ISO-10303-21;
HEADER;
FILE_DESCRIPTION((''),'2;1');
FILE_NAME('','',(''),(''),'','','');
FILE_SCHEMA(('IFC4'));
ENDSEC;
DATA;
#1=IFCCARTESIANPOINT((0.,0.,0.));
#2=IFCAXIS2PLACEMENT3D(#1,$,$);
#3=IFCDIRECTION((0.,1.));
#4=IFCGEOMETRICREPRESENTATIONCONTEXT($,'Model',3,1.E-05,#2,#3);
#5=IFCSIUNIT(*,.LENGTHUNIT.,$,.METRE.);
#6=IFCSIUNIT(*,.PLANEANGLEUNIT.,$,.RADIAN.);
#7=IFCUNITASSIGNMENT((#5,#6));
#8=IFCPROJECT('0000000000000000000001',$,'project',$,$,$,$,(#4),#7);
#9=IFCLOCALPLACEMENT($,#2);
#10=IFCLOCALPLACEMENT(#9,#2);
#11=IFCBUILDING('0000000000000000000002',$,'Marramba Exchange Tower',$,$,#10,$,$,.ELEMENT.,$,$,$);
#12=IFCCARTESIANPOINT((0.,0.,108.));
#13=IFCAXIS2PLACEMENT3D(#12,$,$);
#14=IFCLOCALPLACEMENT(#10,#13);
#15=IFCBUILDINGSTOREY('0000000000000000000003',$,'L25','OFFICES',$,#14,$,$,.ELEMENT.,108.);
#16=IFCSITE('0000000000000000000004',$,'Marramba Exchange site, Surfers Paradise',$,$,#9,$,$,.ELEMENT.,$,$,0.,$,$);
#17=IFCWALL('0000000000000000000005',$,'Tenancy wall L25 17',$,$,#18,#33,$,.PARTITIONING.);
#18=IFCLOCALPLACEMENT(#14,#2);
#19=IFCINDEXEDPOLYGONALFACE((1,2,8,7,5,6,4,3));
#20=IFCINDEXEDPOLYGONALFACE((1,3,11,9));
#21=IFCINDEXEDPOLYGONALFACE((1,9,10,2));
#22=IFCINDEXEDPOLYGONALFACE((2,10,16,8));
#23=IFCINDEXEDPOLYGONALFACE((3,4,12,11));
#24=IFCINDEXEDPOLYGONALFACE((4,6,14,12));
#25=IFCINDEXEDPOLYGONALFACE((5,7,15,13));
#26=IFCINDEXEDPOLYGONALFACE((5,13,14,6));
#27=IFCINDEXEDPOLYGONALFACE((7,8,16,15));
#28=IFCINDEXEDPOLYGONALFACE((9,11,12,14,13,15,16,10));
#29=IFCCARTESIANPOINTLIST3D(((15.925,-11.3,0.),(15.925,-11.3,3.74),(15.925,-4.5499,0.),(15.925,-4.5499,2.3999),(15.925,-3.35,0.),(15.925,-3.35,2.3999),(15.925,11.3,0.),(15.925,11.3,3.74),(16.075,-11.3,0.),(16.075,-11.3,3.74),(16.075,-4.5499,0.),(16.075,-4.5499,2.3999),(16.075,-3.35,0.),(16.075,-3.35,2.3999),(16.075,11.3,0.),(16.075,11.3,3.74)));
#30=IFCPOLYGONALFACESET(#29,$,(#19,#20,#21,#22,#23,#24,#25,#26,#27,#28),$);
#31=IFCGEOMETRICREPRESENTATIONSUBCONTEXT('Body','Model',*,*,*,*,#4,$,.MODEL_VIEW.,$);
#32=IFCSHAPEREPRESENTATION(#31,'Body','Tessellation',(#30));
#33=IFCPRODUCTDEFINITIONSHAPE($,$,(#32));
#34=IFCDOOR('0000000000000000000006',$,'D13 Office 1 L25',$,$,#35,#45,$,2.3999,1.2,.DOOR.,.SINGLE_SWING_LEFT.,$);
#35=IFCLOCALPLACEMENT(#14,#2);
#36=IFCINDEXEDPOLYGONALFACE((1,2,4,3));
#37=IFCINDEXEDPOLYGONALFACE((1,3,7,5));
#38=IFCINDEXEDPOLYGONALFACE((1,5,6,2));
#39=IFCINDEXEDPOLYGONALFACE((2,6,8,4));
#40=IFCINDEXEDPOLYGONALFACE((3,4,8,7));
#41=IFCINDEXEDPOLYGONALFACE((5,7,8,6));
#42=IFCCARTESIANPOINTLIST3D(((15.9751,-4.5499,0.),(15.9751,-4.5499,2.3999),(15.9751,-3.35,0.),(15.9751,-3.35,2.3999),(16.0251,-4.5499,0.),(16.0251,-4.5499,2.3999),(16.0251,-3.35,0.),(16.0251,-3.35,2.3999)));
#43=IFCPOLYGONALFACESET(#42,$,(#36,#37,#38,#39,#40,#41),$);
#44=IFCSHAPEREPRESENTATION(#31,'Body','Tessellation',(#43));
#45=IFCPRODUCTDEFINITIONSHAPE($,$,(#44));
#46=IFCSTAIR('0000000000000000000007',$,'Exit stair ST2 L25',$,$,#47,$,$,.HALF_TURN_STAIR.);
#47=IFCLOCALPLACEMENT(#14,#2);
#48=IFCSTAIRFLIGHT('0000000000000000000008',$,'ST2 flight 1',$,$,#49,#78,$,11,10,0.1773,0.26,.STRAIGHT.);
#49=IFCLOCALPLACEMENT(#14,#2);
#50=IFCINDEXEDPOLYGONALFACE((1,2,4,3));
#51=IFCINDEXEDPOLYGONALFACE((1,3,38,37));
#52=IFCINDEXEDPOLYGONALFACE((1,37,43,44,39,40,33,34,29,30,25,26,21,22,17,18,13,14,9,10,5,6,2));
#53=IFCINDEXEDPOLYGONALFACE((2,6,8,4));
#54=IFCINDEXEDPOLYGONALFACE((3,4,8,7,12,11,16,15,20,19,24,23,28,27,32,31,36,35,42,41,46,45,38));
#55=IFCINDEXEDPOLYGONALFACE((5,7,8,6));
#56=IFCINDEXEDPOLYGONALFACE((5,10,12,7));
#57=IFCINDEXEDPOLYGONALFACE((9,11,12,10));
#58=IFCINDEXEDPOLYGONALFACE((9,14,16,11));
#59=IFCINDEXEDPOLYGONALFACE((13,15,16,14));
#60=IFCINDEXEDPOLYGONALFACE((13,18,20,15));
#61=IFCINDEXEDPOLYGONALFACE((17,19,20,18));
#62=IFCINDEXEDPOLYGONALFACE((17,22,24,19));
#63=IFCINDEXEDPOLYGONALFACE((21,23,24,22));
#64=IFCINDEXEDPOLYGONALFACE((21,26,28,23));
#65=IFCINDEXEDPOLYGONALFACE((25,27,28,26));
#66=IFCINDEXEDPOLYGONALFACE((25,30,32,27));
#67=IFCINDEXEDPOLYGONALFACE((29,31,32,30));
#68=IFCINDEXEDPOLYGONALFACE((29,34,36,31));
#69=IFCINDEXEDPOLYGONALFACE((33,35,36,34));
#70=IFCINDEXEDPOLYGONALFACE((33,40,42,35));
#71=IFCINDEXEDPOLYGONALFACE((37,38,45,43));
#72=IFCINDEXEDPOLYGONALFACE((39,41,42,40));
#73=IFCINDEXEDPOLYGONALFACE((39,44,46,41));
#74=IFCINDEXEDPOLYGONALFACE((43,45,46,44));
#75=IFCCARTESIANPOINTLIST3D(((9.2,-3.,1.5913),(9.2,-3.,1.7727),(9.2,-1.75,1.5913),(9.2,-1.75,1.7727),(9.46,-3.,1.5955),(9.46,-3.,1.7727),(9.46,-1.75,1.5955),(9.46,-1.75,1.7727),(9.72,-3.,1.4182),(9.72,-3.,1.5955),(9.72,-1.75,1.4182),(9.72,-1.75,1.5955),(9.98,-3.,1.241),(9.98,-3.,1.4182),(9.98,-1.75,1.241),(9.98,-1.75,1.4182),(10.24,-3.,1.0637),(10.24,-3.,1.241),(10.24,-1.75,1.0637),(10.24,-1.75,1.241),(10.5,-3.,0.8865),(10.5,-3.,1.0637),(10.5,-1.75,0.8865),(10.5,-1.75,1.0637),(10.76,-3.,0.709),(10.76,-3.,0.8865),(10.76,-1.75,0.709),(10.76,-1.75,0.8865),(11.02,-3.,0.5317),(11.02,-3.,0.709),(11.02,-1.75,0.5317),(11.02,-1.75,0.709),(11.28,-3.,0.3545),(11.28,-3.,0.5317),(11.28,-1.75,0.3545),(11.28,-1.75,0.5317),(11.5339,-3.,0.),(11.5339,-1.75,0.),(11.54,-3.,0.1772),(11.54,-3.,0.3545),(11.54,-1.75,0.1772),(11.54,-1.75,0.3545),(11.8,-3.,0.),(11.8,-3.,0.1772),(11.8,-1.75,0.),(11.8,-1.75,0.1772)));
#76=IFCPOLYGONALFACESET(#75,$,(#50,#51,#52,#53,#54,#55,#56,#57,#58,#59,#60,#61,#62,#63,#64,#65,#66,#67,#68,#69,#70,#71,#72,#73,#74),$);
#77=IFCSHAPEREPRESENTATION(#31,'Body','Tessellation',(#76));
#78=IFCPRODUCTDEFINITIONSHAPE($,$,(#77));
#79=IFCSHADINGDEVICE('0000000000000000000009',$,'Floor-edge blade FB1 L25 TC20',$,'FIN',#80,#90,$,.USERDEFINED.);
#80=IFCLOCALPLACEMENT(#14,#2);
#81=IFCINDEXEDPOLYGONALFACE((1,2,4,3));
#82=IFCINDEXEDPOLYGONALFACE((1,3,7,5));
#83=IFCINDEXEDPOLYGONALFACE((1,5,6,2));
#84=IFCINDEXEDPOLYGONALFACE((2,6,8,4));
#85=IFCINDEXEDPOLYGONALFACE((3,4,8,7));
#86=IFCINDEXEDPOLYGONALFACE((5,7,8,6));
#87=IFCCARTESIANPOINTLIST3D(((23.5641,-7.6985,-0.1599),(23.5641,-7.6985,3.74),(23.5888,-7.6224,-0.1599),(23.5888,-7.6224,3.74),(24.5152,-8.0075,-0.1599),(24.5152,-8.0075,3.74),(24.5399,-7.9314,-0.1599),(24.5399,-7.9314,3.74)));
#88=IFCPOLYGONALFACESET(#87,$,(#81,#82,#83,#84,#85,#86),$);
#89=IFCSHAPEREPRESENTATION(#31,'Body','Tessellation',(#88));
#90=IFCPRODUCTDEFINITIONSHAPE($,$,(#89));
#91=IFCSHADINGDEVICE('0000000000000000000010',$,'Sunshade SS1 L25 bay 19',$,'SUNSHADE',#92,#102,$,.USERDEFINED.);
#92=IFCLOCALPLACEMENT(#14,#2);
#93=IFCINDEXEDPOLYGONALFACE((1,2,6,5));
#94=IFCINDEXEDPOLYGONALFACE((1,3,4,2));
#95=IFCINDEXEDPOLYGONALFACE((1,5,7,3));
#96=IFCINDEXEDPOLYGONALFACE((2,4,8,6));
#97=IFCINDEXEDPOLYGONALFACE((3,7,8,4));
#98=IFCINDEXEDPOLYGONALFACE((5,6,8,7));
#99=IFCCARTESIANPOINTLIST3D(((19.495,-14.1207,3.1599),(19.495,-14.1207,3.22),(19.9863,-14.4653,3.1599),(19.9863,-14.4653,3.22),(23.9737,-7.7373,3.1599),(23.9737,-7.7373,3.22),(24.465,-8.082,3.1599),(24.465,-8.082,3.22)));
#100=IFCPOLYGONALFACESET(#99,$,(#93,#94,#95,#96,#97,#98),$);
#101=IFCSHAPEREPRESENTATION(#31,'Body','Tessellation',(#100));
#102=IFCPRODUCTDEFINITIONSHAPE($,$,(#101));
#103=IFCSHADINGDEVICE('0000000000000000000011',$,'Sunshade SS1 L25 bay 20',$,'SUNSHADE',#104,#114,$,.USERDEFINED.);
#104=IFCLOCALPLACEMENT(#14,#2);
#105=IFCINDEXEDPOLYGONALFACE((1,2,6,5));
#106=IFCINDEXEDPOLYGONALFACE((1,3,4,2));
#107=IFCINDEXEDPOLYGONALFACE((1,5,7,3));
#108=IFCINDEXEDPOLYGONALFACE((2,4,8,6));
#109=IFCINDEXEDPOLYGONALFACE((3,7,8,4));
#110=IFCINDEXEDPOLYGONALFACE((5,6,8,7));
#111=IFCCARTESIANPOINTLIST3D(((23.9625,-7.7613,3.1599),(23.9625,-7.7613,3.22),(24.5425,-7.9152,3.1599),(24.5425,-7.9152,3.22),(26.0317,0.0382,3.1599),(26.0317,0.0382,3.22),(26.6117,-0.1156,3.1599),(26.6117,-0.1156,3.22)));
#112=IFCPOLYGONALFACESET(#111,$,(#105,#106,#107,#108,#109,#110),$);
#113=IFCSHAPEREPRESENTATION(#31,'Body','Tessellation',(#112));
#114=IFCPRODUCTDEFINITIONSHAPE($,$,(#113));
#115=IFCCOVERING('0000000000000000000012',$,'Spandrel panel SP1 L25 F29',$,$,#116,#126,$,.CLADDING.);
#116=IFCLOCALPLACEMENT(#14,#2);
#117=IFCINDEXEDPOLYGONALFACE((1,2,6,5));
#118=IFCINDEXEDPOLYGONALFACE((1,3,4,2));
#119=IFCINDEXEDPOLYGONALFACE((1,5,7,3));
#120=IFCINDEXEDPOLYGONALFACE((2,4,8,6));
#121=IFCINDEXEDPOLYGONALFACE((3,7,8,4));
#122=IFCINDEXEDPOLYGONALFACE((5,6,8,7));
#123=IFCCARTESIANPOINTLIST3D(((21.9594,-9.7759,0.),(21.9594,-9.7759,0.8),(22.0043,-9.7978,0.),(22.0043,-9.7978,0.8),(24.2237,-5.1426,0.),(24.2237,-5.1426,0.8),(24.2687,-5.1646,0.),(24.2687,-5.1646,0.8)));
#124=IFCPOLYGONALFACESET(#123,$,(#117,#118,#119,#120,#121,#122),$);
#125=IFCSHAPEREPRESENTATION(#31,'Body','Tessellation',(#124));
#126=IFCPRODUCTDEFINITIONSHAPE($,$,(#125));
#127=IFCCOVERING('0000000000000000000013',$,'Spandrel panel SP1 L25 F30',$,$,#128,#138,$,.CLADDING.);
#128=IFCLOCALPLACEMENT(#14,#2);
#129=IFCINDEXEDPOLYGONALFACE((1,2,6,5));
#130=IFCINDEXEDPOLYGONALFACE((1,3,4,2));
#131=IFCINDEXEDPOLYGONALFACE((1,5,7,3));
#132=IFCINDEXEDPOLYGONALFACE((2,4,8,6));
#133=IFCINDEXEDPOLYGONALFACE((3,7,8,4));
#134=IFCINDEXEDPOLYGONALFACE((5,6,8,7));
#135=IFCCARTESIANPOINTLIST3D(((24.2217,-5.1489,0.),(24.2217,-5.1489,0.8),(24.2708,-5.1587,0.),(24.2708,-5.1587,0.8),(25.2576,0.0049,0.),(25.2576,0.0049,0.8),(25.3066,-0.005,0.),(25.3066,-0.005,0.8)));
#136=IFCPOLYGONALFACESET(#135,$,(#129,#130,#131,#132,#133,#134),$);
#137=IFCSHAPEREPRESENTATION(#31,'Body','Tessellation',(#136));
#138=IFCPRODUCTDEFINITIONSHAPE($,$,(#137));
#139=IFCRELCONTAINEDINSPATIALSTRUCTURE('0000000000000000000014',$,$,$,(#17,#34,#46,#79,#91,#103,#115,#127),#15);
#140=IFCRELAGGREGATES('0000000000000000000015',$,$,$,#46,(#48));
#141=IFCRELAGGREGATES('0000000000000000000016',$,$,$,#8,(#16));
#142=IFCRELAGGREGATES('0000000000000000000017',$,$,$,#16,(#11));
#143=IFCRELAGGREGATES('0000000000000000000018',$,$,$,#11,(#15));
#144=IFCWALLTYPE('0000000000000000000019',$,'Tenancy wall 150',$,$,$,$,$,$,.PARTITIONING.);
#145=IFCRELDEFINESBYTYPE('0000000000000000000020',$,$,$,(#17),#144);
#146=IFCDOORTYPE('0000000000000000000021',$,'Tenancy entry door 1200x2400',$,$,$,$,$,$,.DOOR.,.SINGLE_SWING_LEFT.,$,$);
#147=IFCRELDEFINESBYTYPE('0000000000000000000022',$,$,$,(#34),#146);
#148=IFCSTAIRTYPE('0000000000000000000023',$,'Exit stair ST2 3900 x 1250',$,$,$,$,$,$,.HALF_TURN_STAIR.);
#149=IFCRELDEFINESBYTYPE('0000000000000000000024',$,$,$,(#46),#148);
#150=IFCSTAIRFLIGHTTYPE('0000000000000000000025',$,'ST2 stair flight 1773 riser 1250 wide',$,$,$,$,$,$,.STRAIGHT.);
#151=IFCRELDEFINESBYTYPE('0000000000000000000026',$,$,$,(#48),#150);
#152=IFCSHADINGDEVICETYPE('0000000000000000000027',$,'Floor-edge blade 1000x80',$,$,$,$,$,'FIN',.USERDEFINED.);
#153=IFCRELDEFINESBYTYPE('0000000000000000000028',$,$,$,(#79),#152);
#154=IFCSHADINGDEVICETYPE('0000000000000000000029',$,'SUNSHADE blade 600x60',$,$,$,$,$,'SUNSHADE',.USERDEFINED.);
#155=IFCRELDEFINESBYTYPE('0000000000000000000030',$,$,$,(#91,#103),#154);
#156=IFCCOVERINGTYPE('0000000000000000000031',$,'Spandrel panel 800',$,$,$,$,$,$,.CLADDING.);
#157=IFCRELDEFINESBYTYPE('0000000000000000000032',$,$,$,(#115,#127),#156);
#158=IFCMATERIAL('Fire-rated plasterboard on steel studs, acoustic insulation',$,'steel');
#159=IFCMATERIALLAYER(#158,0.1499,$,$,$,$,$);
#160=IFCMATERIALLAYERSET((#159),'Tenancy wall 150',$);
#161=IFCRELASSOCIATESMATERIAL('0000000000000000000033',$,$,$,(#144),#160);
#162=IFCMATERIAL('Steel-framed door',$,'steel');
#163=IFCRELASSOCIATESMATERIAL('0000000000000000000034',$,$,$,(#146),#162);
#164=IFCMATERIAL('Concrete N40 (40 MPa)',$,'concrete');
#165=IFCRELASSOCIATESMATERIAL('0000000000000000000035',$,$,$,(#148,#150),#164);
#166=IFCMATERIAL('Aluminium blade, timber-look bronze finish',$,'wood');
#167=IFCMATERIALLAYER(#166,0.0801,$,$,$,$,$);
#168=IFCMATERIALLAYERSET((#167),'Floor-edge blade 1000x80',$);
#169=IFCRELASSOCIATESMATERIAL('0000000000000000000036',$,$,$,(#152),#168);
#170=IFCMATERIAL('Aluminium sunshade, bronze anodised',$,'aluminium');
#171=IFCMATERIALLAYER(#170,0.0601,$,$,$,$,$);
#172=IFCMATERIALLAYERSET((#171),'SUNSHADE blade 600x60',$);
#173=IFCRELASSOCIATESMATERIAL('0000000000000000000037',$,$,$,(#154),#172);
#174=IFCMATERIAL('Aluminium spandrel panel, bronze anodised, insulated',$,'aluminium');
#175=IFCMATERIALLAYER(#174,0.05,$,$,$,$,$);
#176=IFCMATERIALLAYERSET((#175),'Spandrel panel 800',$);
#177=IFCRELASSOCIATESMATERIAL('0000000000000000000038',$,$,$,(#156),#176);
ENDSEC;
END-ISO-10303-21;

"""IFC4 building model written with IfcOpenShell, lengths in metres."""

from ifc_helpers import new_model, si_unit, direction, frame, frame_2d, origin, origin_2d, place, context, subcontext, project, spatial, polyline, rectangle, outline, extrude, material, layer, layer_set, type_object, element, fill, aggregate, save


model = new_model("IFC4")

# Units and contexts
model_context = context("Model", 3, precision=1e-05, world=origin(), true_north=direction((0.0, 1.0)))
body_context = subcontext(model_context, "Body", "Model", "MODEL_VIEW")
ifc_project = project(units=[si_unit("LENGTHUNIT", "METRE"), si_unit("PLANEANGLEUNIT", "RADIAN")], contexts=[model_context])

# Site, building, storey
site_placement = place(None, origin())
site = spatial("IfcSite", under=ifc_project, at=site_placement, Name="Marramba Exchange site, Surfers Paradise", CompositionType="ELEMENT", RefElevation=0.0)
building_placement = place(site_placement, origin())
building = spatial("IfcBuilding", under=site, at=building_placement, Name="Marramba Exchange Tower", CompositionType="ELEMENT")
storey_placement = place(building_placement, frame((0.0, 0.0, 108.0)))
storey = spatial("IfcBuildingStorey", under=building, at=storey_placement, Name="L25", Description="OFFICES", CompositionType="ELEMENT", Elevation=108.0)

# Wall, opening, door
ifc_material_1 = material(Name="Steel-framed door", Category="steel")
ifc_material_2 = material(Name="Fire-rated plasterboard on steel studs, acoustic insulation", Category="steel")
ifc_layer_1 = layer(ifc_material_2, 0.1499)
ifc_layer_set_1 = layer_set([ifc_layer_1], Name="Tenancy wall 150")
wall_type_1 = type_object("IfcWallType", Name="Tenancy wall 150", PredefinedType="PARTITIONING", material=ifc_layer_set_1)
wall_1_placement = place(storey_placement, frame((16.0, -11.3, 0.0), z_axis=(0.0, 0.0, 1.0), x_axis=(0.0, 1.0, 0.0)))
wall_1 = element("IfcWall", 1, at=wall_1_placement, inside=storey, type_object=wall_type_1, Name="Tenancy wall L25 17", PredefinedType="PARTITIONING", context=body_context, shape_type="SweptSolid", body=[
    extrude(rectangle(XDim=22.6001, YDim=0.1499, at=frame_2d((11.3, 0.0))), origin(), (0.0, 0.0, 1.0), 3.74),
])
opening_1_placement = place(wall_1_placement, frame((6.75, 0.0, 0.0)))
opening_1 = element("IfcOpeningElement", 2, at=opening_1_placement, cuts=wall_1, PredefinedType="OPENING", context=body_context, shape_type="SweptSolid", body=[
    extrude(rectangle(XDim=1.2, YDim=2.3999, at=frame_2d((0.6001, 1.2))), frame((0.0, 0.085, 0.0), z_axis=(0.0, -1.0, 0.0), x_axis=(1.0, 0.0, 0.0)), (0.0, 0.0, 1.0), 0.1699),
])
door_type_1 = type_object("IfcDoorType", Name="Tenancy entry door 1200x2400", OperationType="SINGLE_SWING_LEFT", PredefinedType="DOOR", material=ifc_material_1)
door_1_placement = place(opening_1_placement, origin())
door_1 = element("IfcDoor", 3, at=door_1_placement, inside=storey, type_object=door_type_1, Name="D13 Office 1 L25", OperationType="SINGLE_SWING_LEFT", OverallHeight=2.3999, OverallWidth=1.2, PredefinedType="DOOR", context=body_context, shape_type="SweptSolid", body=[
    extrude(rectangle(XDim=1.2, YDim=2.3999, at=frame_2d((0.6001, 1.2))), frame((0.0, 0.0249, 0.0), z_axis=(0.0, -1.0, 0.0), x_axis=(1.0, 0.0, 0.0)), (0.0, 0.0, 1.0), 0.05),
])
fill(opening_1, door_1)

# Stair, stair flight
ifc_material_3 = material(Name="Concrete N40 (40 MPa)", Category="concrete")
stair_type = type_object("IfcStairType", Name="Exit stair ST2 3900 x 1250", PredefinedType="HALF_TURN_STAIR", material=ifc_material_3)
stair_placement = place(storey_placement, origin())
stair = element("IfcStair", 4, at=stair_placement, inside=storey, type_object=stair_type, Name="Exit stair ST2 L25", PredefinedType="HALF_TURN_STAIR")
stair_flight_type = type_object("IfcStairFlightType", Name="ST2 stair flight 1773 riser 1250 wide", PredefinedType="STRAIGHT", material=ifc_material_3)
stair_flight_placement = place(storey_placement, frame((11.8, -2.375, 0.0), z_axis=(0.0, 0.0, 1.0), x_axis=(-1.0, 0.0, 0.0)))
stair_flight = element("IfcStairFlight", 5, at=stair_flight_placement, type_object=stair_flight_type, Name="ST2 flight 1", NumberOfRisers=11, NumberOfTreads=10, PredefinedType="STRAIGHT", RiserHeight=0.1773, TreadLength=0.26, context=body_context, shape_type="SweptSolid", body=[
    extrude(outline(polyline([(0.0, 0.0), (0.0, 0.1772), (0.26, 0.1772), (0.26, 0.3545), (0.52, 0.3545), (0.52, 0.5317), (0.78, 0.5317), (0.78, 0.709), (1.04, 0.709), (1.04, 0.8865), (1.3, 0.8865), (1.3, 1.0637), (1.5601, 1.0637), (1.5601, 1.241), (1.8201, 1.241), (1.8201, 1.4182), (2.0801, 1.4182), (2.0801, 1.5955), (2.3401, 1.5955), (2.3401, 1.7727), (2.6001, 1.7727), (2.6001, 1.95), (2.6001, 1.5913), (0.2661, 0.0), (0.0, 0.0)])), frame((0.0, 0.625, 0.0), z_axis=(0.0, -1.0, 0.0), x_axis=(1.0, 0.0, 0.0)), (0.0, 0.0, 1.0), 1.25),
])
aggregate(stair, [stair_flight])

# Shading devices
ifc_material_4 = material(Name="Aluminium blade, timber-look bronze finish", Category="wood")
ifc_layer_2 = layer(ifc_material_4, 0.0801)
ifc_layer_set_2 = layer_set([ifc_layer_2], Name="Floor-edge blade 1000x80")
shading_device_type_1 = type_object("IfcShadingDeviceType", Name="Floor-edge blade 1000x80", ElementType="FIN", PredefinedType="USERDEFINED", material=ifc_layer_set_2)
shading_device_1_placement = place(storey_placement, frame((24.052, -7.8149, -0.1599), z_axis=(0.0, 0.0, 1.0), x_axis=(0.951057, -0.309017, 0.0)))
element("IfcShadingDevice", 6, at=shading_device_1_placement, inside=storey, type_object=shading_device_type_1, Name="Floor-edge blade FB1 L25 TC20", ObjectType="FIN", PredefinedType="USERDEFINED", context=body_context, shape_type="SweptSolid", body=[
    extrude(rectangle(XDim=1.0, YDim=0.0801, at=origin_2d()), origin(), (0.0, 0.0, 1.0), 3.8999),
])
ifc_material_5 = material(Name="Aluminium sunshade, bronze anodised", Category="aluminium")
ifc_layer_3 = layer(ifc_material_5, 0.0601)
ifc_layer_set_3 = layer_set([ifc_layer_3], Name="SUNSHADE blade 600x60")
shading_device_type_2 = type_object("IfcShadingDeviceType", Name="SUNSHADE blade 600x60", ElementType="SUNSHADE", PredefinedType="USERDEFINED", material=ifc_layer_set_3)
shading_device_2_placement = place(storey_placement, frame((21.98, -11.1013, 3.1599), z_axis=(0.0, 0.0, 1.0), x_axis=(0.574351, 0.818609, 0.0)))
element("IfcShadingDevice", 7, at=shading_device_2_placement, inside=storey, type_object=shading_device_type_2, Name="Sunshade SS1 L25 bay 19", ObjectType="SUNSHADE", PredefinedType="USERDEFINED", context=body_context, shape_type="SweptSolid", body=[
    extrude(rectangle(XDim=7.7979, YDim=0.6001, at=origin_2d()), origin(), (0.0, 0.0, 1.0), 0.0601),
])
shading_device_3_placement = place(storey_placement, frame((25.2871, -3.9385, 3.1599), z_axis=(0.0, 0.0, 1.0), x_axis=(0.256423, 0.966565, 0.0)))
element("IfcShadingDevice", 8, at=shading_device_3_placement, inside=storey, type_object=shading_device_type_2, Name="Sunshade SS1 L25 bay 20", ObjectType="SUNSHADE", PredefinedType="USERDEFINED", context=body_context, shape_type="SweptSolid", body=[
    extrude(rectangle(XDim=8.0693, YDim=0.6001, at=origin_2d()), origin(), (0.0, 0.0, 1.0), 0.0601),
])

# Coverings
ifc_material_6 = material(Name="Aluminium spandrel panel, bronze anodised, insulated", Category="aluminium")
ifc_layer_4 = layer(ifc_material_6, 0.05)
ifc_layer_set_4 = layer_set([ifc_layer_4], Name="Spandrel panel 800")
covering_type = type_object("IfcCoveringType", Name="Spandrel panel 800", PredefinedType="CLADDING", material=ifc_layer_set_4)
covering_1_placement = place(storey_placement, frame((23.114, -7.4702, 0.0), z_axis=(0.0, 0.0, 1.0), x_axis=(0.439086, 0.898445, 0.0)))
element("IfcCovering", 9, at=covering_1_placement, inside=storey, type_object=covering_type, Name="Spandrel panel SP1 L25 F29", PredefinedType="CLADDING", context=body_context, shape_type="SweptSolid", body=[
    extrude(rectangle(XDim=5.157, YDim=0.05, at=origin_2d()), origin(), (0.0, 0.0, 1.0), 0.8),
])
covering_2_placement = place(storey_placement, frame((24.7642, -2.5769, 0.0), z_axis=(0.0, 0.0, 1.0), x_axis=(0.197049, 0.980394, 0.0)))
element("IfcCovering", 10, at=covering_2_placement, inside=storey, type_object=covering_type, Name="Spandrel panel SP1 L25 F30", PredefinedType="CLADDING", context=body_context, shape_type="SweptSolid", body=[
    extrude(rectangle(XDim=5.2568, YDim=0.05, at=origin_2d()), origin(), (0.0, 0.0, 1.0), 0.8),
])

save(model, "model.ifc")
